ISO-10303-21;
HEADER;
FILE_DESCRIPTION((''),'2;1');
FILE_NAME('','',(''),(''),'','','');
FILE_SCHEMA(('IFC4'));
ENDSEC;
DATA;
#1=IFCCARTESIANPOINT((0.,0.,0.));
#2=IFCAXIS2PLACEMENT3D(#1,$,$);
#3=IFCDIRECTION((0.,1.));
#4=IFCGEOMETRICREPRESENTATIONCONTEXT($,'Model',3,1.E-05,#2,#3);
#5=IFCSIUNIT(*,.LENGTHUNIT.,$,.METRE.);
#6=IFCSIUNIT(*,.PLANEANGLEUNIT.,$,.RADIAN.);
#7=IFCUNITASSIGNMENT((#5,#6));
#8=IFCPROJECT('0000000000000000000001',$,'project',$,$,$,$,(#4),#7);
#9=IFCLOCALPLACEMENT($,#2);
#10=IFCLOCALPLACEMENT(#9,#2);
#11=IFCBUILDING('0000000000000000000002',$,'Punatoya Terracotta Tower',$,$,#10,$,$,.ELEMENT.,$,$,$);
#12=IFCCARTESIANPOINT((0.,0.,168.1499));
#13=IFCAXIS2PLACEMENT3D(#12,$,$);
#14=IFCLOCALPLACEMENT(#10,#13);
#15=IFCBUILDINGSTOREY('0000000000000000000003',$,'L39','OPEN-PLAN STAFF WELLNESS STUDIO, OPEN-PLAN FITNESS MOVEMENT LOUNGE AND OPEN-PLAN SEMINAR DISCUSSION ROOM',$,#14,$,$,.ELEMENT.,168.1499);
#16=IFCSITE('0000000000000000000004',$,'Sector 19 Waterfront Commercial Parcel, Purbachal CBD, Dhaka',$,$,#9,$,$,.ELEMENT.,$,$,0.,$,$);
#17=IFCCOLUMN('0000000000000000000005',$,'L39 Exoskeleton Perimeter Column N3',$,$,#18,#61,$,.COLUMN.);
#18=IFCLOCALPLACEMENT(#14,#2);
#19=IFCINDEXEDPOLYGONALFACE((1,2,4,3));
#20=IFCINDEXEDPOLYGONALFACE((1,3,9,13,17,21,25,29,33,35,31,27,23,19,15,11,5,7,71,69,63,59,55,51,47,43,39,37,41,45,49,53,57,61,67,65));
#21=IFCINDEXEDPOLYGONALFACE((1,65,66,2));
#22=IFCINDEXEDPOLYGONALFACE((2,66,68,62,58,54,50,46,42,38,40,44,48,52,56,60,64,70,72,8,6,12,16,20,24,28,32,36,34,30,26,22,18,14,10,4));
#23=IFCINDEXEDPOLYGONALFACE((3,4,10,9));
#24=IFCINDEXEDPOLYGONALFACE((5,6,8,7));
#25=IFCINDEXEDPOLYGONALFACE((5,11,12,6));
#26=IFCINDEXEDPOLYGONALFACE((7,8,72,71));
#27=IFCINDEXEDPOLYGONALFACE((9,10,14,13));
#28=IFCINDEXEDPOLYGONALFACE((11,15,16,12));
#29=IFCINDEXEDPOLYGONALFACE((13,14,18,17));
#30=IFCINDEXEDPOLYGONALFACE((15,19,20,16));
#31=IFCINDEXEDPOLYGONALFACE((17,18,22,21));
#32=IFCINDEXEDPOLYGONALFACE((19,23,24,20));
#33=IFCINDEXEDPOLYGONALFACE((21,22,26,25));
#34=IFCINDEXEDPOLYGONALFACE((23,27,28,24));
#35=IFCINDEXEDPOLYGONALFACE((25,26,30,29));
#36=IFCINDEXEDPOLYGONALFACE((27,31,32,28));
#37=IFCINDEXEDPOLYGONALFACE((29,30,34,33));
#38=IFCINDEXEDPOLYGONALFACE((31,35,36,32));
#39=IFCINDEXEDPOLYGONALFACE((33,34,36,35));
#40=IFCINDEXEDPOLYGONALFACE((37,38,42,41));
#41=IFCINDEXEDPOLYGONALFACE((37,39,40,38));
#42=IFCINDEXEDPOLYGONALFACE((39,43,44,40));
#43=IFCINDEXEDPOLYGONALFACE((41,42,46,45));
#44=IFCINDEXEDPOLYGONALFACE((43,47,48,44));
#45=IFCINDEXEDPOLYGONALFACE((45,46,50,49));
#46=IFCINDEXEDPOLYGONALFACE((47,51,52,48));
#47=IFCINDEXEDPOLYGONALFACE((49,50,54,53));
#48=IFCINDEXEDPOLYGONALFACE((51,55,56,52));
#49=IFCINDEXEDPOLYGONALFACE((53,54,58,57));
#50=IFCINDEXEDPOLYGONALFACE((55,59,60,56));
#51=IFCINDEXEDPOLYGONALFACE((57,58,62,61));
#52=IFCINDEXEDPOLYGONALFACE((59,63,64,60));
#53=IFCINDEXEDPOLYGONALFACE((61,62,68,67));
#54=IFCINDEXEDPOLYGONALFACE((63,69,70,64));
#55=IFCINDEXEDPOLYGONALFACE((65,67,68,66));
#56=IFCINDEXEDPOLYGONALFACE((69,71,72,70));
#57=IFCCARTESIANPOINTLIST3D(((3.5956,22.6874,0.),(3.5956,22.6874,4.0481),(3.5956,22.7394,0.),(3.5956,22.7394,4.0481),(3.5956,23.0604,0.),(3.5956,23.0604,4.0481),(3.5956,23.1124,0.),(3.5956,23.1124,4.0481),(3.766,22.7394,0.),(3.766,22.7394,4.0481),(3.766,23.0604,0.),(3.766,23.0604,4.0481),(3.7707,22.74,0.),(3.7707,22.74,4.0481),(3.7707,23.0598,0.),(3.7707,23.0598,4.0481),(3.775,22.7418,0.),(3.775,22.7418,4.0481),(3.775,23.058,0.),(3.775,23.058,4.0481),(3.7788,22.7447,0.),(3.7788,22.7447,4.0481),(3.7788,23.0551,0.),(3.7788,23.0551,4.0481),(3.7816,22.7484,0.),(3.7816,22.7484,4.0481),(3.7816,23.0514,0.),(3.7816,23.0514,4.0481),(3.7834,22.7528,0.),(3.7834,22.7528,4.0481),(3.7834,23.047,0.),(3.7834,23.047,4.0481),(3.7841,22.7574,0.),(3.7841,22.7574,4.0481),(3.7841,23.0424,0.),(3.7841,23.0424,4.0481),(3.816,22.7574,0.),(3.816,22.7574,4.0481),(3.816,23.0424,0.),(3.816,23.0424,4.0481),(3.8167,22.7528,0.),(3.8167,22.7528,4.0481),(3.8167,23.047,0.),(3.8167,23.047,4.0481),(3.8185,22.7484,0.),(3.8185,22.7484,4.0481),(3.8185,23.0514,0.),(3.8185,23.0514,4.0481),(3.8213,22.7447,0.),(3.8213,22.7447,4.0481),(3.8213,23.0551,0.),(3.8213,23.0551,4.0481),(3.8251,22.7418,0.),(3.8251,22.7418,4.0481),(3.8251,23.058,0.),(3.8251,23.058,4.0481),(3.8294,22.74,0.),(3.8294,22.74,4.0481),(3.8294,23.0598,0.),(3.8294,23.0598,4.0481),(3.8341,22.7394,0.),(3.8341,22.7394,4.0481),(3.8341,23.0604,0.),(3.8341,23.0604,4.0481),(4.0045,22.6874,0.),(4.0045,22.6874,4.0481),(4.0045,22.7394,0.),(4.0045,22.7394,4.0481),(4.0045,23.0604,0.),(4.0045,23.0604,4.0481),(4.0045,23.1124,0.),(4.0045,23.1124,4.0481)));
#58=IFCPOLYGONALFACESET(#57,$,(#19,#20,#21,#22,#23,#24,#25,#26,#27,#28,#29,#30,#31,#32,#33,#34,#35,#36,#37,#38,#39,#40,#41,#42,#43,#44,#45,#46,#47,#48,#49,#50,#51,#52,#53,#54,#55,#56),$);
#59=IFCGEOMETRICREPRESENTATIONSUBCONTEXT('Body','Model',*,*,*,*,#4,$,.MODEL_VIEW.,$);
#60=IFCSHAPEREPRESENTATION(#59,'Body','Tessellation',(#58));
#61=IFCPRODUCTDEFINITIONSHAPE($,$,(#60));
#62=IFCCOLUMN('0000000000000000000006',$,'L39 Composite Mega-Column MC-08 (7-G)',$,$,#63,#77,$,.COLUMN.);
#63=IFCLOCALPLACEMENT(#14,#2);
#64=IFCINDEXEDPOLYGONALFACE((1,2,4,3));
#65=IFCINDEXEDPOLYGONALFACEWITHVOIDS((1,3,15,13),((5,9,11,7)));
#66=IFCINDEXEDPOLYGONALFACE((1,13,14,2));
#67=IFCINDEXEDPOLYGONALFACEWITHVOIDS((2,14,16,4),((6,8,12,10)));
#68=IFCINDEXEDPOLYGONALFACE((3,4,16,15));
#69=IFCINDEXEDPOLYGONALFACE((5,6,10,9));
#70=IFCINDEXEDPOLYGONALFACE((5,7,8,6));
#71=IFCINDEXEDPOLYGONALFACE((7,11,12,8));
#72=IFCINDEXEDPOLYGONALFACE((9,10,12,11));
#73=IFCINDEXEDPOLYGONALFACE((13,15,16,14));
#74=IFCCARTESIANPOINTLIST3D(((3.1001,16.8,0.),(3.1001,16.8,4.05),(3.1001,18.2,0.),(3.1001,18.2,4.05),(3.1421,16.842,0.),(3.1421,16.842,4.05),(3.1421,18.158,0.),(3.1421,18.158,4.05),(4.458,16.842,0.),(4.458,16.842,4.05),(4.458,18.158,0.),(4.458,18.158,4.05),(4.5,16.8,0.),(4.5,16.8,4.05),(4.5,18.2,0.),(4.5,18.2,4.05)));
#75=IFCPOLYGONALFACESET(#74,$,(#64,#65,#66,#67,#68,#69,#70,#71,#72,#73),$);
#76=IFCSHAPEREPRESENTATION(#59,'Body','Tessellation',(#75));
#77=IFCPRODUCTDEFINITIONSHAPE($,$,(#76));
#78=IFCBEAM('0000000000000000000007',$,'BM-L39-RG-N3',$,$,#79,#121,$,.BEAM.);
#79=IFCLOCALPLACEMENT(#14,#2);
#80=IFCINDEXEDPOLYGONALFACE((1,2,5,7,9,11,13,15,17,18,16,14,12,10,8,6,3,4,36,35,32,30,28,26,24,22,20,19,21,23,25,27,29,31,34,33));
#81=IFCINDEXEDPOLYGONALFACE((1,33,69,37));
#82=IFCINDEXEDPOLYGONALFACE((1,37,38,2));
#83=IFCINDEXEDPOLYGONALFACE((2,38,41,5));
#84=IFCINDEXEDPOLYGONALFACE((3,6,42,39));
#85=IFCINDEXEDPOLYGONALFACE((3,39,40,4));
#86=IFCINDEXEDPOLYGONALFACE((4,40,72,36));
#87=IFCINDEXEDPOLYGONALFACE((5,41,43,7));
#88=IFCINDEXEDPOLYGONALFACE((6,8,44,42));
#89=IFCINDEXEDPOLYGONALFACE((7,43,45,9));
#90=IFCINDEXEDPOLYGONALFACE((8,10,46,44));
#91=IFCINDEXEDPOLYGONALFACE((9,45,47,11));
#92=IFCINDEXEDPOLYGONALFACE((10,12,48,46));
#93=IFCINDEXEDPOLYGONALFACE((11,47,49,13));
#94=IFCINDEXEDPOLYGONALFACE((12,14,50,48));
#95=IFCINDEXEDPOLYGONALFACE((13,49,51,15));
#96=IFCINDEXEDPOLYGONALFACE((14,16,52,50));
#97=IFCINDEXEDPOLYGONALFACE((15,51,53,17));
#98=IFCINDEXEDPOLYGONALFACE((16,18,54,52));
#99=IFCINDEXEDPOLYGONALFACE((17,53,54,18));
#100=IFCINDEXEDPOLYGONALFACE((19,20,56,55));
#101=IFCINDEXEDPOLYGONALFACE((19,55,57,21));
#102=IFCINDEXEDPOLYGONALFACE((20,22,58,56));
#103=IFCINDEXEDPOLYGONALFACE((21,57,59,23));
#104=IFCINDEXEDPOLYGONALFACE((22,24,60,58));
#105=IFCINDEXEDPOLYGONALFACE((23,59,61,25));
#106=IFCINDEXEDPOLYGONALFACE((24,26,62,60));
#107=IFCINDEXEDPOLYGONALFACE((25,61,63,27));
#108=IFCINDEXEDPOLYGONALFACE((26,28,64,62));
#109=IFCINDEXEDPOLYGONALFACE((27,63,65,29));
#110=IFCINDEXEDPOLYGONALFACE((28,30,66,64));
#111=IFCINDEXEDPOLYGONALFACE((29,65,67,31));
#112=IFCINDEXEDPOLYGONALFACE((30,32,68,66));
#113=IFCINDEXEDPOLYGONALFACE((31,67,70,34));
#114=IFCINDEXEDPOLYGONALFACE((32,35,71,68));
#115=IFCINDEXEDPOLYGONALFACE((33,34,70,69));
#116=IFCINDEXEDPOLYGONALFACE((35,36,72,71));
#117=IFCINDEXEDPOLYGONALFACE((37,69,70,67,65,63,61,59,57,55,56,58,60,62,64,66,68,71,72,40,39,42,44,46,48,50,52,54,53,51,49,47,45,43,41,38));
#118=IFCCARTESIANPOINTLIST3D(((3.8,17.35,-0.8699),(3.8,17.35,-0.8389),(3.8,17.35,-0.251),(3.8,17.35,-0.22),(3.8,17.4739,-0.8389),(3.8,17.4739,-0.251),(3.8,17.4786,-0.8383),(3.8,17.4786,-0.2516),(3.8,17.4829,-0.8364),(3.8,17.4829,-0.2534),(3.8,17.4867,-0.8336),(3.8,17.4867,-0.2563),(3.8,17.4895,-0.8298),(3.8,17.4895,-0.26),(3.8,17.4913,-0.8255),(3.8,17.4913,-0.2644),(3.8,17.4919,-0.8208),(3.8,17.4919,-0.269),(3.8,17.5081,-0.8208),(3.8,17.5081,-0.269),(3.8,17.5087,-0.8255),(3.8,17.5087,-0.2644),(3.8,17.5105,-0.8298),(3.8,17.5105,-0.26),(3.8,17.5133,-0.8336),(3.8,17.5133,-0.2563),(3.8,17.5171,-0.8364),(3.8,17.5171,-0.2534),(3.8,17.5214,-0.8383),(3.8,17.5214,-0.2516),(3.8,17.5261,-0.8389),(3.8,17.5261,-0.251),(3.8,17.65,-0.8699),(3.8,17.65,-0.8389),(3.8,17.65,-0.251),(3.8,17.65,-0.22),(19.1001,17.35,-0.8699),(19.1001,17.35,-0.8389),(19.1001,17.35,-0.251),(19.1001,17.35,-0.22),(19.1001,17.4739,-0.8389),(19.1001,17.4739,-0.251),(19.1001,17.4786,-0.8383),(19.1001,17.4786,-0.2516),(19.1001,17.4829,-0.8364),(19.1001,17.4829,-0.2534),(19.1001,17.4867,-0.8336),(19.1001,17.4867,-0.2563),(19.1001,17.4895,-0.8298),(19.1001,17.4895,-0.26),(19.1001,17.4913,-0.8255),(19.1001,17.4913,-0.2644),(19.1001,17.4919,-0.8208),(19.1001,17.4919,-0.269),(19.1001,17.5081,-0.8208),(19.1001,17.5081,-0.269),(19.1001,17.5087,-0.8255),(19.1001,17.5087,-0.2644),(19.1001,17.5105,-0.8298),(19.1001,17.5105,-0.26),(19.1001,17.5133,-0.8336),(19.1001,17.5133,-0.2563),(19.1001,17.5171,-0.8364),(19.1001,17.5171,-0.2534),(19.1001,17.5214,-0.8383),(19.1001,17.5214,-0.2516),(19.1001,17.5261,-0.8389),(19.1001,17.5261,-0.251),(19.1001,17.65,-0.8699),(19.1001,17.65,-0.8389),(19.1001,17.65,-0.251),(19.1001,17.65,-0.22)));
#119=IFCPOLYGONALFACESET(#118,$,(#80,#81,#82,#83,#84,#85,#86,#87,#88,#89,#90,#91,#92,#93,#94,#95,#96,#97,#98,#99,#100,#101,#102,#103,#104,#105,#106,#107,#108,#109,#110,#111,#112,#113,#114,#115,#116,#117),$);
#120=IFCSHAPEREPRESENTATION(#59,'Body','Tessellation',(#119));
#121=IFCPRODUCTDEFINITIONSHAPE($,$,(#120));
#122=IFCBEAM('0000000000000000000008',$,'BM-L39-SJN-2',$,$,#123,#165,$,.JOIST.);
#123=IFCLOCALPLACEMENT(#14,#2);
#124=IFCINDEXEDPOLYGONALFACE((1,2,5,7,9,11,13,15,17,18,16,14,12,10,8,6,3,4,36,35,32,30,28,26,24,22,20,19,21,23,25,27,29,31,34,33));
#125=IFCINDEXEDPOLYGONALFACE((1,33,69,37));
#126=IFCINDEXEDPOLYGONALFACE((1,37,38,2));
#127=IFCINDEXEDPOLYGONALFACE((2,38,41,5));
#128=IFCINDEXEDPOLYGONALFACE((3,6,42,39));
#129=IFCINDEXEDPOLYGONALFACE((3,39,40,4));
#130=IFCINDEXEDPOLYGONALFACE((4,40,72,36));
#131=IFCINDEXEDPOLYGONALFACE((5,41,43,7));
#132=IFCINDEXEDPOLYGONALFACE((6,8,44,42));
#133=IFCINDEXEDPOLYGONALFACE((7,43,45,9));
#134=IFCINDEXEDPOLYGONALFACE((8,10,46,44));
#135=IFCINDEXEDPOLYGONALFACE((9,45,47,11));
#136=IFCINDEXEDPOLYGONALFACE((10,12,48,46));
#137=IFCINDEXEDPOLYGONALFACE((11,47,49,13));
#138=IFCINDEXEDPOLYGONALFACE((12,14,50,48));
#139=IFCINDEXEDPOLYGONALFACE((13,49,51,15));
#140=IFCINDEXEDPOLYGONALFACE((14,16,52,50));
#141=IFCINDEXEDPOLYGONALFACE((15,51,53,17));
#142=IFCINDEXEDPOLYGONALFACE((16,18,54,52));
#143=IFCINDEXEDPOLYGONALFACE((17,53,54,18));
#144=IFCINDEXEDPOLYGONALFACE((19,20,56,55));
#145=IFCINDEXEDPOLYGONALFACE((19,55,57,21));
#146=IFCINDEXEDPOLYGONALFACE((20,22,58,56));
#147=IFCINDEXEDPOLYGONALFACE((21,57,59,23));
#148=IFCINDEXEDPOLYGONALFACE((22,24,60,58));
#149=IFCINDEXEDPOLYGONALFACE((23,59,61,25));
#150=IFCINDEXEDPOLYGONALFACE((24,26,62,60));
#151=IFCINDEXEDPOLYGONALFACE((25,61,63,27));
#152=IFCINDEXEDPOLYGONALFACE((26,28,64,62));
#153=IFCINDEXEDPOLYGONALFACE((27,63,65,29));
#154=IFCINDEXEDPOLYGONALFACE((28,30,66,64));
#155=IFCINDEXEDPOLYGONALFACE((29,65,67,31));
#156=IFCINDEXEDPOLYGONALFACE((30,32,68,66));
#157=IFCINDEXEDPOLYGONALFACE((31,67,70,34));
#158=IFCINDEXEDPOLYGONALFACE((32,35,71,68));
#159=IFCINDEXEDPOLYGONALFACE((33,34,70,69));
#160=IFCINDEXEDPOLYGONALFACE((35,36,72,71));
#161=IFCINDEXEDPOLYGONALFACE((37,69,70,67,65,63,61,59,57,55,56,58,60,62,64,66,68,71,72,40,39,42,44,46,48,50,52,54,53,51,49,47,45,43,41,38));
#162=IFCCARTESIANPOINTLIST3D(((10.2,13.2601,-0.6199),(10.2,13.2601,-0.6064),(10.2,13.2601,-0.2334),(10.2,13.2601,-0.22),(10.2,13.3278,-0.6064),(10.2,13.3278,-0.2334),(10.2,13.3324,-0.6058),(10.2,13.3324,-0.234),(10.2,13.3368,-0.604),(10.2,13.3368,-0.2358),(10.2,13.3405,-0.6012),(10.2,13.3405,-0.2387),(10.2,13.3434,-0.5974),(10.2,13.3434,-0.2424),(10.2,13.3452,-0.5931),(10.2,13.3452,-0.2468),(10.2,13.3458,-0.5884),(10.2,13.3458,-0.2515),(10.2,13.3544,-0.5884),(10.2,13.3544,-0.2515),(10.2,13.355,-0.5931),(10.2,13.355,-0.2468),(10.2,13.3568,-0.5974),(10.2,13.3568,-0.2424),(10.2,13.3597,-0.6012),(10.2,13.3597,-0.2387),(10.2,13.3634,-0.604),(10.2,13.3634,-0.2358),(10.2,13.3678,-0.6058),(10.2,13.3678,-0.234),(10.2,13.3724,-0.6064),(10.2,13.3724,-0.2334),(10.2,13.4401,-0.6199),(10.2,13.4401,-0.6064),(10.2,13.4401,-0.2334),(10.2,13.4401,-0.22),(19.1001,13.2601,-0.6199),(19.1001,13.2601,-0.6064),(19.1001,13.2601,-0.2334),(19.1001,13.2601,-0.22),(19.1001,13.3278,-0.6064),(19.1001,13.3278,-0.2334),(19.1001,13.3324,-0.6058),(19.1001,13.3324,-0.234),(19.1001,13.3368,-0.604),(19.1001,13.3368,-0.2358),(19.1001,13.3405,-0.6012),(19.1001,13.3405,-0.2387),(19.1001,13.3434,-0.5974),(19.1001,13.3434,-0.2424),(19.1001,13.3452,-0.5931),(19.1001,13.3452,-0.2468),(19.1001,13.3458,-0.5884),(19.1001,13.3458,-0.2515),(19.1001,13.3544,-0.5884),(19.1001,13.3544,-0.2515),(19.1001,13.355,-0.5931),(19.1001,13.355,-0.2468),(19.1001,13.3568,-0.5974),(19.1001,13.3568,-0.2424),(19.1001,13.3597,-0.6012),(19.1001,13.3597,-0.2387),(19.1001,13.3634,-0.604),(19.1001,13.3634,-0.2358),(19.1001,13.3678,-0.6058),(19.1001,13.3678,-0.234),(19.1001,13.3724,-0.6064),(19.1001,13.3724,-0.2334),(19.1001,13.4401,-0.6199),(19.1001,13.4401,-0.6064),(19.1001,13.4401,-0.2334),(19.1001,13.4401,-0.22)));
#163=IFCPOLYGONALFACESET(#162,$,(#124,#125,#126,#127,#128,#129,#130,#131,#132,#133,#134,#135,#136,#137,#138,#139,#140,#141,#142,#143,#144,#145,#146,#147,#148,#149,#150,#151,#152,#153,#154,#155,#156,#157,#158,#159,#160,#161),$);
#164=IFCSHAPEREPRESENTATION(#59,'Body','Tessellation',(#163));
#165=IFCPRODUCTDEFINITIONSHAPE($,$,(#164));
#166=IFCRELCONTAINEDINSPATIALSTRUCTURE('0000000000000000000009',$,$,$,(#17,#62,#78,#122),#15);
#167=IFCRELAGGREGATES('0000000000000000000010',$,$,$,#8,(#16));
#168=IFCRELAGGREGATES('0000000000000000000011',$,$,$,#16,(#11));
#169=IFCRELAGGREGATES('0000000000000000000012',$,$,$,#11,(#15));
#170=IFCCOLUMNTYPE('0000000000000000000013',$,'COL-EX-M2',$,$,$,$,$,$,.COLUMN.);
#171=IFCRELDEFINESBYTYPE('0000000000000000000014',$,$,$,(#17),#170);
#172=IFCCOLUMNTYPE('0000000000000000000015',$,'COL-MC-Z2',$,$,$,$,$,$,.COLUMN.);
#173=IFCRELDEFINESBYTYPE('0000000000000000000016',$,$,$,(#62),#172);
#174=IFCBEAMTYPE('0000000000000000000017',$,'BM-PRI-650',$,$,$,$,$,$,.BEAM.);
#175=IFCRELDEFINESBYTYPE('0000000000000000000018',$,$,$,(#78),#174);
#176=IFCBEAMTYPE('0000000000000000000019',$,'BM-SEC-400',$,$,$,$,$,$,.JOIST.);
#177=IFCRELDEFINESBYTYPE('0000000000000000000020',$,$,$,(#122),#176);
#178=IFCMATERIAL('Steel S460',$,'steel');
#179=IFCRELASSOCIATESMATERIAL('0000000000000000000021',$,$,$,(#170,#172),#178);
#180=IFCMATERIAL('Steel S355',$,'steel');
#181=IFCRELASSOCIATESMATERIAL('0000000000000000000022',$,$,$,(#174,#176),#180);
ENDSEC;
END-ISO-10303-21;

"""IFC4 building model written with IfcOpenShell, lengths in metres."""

from ifc_helpers import new_model, si_unit, direction, frame, origin, origin_2d, place, context, subcontext, project, spatial, hollow_rectangle, i_section, extrude, material, material_profile, profile_set, type_object, element, save


model = new_model("IFC4")

# Units and contexts
model_context = context("Model", 3, precision=1e-05, world=origin(), true_north=direction((0.0, 1.0)))
body_context = subcontext(model_context, "Body", "Model", "MODEL_VIEW")
ifc_project = project(units=[si_unit("LENGTHUNIT", "METRE"), si_unit("PLANEANGLEUNIT", "RADIAN")], contexts=[model_context])

# Site, building, storey
site_placement = place(None, origin())
site = spatial("IfcSite", under=ifc_project, at=site_placement, Name="Sector 19 Waterfront Commercial Parcel, Purbachal CBD, Dhaka", CompositionType="ELEMENT", RefElevation=0.0)
building_placement = place(site_placement, origin())
building = spatial("IfcBuilding", under=site, at=building_placement, Name="Punatoya Terracotta Tower", CompositionType="ELEMENT")
storey_placement = place(building_placement, frame((0.0, 0.0, 168.1499)))
storey = spatial("IfcBuildingStorey", under=building, at=storey_placement, Name="L39", Description="OPEN-PLAN STAFF WELLNESS STUDIO, OPEN-PLAN FITNESS MOVEMENT LOUNGE AND OPEN-PLAN SEMINAR DISCUSSION ROOM", CompositionType="ELEMENT", Elevation=168.1499)

# Columns
ifc_material_1 = material(Name="Steel S460", Category="steel")
ifc_material_profile_1 = material_profile(ifc_material_1, i_section(OverallWidth=0.4089, OverallDepth=0.425, WebThickness=0.032, FlangeThickness=0.052, FilletRadius=0.0181, at=origin_2d()))
ifc_profile_set_1 = profile_set([ifc_material_profile_1], Name="Steel S460")
column_type_1 = type_object("IfcColumnType", Name="COL-EX-M2", PredefinedType="COLUMN", material=ifc_profile_set_1)
column_1_placement = place(storey_placement, frame((3.8, 22.8999, 0.0), z_axis=(0.0, 0.0, 1.0), x_axis=(1.0, 0.0, 0.0)))
element("IfcColumn", 1, at=column_1_placement, inside=storey, type_object=column_type_1, Name="L39 Exoskeleton Perimeter Column N3", PredefinedType="COLUMN", context=body_context, shape_type="SweptSolid", body=[
    extrude(i_section(OverallWidth=0.4089, OverallDepth=0.425, WebThickness=0.032, FlangeThickness=0.052, FilletRadius=0.0181, at=origin_2d()), origin(), (0.0, 0.0, 1.0), 4.0481),
])
ifc_material_profile_2 = material_profile(ifc_material_1, hollow_rectangle(XDim=1.3999, YDim=1.3999, WallThickness=0.042, at=origin_2d()))
ifc_profile_set_2 = profile_set([ifc_material_profile_2], Name="Steel S460")
column_type_2 = type_object("IfcColumnType", Name="COL-MC-Z2", PredefinedType="COLUMN", material=ifc_profile_set_2)
column_2_placement = place(storey_placement, frame((3.8, 17.5, 0.0), z_axis=(0.0, 0.0, 1.0), x_axis=(1.0, 0.0, 0.0)))
element("IfcColumn", 2, at=column_2_placement, inside=storey, type_object=column_type_2, Name="L39 Composite Mega-Column MC-08 (7-G)", PredefinedType="COLUMN", context=body_context, shape_type="SweptSolid", body=[
    extrude(hollow_rectangle(XDim=1.3999, YDim=1.3999, WallThickness=0.042, at=origin_2d()), origin(), (0.0, 0.0, 1.0), 4.05),
])

# Beams
ifc_material_2 = material(Name="Steel S355", Category="steel")
ifc_material_profile_3 = material_profile(ifc_material_2, i_section(OverallWidth=0.3, OverallDepth=0.6499, WebThickness=0.0161, FlangeThickness=0.031, FilletRadius=0.0181, at=origin_2d()))
ifc_profile_set_3 = profile_set([ifc_material_profile_3], Name="Steel S355")
beam_type_1 = type_object("IfcBeamType", Name="BM-PRI-650", PredefinedType="BEAM", material=ifc_profile_set_3)
beam_1_placement = place(storey_placement, frame((3.8, 17.5, -0.5449), z_axis=(1.0, 0.0, 0.0), x_axis=(0.0, 1.0, 0.0)))
element("IfcBeam", 3, at=beam_1_placement, inside=storey, type_object=beam_type_1, Name="BM-L39-RG-N3", PredefinedType="BEAM", context=body_context, shape_type="SweptSolid", body=[
    extrude(i_section(OverallWidth=0.3, OverallDepth=0.6499, WebThickness=0.0161, FlangeThickness=0.031, FilletRadius=0.0181, at=origin_2d()), origin(), (0.0, 0.0, 1.0), 15.3),
])
ifc_material_profile_4 = material_profile(ifc_material_2, i_section(OverallWidth=0.1799, OverallDepth=0.3999, WebThickness=0.0085, FlangeThickness=0.0134, FilletRadius=0.0181, at=origin_2d()))
ifc_profile_set_4 = profile_set([ifc_material_profile_4], Name="Steel S355")
beam_type_2 = type_object("IfcBeamType", Name="BM-SEC-400", PredefinedType="JOIST", material=ifc_profile_set_4)
beam_2_placement = place(storey_placement, frame((10.2, 13.3501, -0.4199), z_axis=(1.0, 0.0, 0.0), x_axis=(0.0, 1.0, 0.0)))
element("IfcBeam", 4, at=beam_2_placement, inside=storey, type_object=beam_type_2, Name="BM-L39-SJN-2", PredefinedType="JOIST", context=body_context, shape_type="SweptSolid", body=[
    extrude(i_section(OverallWidth=0.1799, OverallDepth=0.3999, WebThickness=0.0085, FlangeThickness=0.0134, FilletRadius=0.0181, at=origin_2d()), origin(), (0.0, 0.0, 1.0), 8.9001),
])

save(model, "model.ifc")
